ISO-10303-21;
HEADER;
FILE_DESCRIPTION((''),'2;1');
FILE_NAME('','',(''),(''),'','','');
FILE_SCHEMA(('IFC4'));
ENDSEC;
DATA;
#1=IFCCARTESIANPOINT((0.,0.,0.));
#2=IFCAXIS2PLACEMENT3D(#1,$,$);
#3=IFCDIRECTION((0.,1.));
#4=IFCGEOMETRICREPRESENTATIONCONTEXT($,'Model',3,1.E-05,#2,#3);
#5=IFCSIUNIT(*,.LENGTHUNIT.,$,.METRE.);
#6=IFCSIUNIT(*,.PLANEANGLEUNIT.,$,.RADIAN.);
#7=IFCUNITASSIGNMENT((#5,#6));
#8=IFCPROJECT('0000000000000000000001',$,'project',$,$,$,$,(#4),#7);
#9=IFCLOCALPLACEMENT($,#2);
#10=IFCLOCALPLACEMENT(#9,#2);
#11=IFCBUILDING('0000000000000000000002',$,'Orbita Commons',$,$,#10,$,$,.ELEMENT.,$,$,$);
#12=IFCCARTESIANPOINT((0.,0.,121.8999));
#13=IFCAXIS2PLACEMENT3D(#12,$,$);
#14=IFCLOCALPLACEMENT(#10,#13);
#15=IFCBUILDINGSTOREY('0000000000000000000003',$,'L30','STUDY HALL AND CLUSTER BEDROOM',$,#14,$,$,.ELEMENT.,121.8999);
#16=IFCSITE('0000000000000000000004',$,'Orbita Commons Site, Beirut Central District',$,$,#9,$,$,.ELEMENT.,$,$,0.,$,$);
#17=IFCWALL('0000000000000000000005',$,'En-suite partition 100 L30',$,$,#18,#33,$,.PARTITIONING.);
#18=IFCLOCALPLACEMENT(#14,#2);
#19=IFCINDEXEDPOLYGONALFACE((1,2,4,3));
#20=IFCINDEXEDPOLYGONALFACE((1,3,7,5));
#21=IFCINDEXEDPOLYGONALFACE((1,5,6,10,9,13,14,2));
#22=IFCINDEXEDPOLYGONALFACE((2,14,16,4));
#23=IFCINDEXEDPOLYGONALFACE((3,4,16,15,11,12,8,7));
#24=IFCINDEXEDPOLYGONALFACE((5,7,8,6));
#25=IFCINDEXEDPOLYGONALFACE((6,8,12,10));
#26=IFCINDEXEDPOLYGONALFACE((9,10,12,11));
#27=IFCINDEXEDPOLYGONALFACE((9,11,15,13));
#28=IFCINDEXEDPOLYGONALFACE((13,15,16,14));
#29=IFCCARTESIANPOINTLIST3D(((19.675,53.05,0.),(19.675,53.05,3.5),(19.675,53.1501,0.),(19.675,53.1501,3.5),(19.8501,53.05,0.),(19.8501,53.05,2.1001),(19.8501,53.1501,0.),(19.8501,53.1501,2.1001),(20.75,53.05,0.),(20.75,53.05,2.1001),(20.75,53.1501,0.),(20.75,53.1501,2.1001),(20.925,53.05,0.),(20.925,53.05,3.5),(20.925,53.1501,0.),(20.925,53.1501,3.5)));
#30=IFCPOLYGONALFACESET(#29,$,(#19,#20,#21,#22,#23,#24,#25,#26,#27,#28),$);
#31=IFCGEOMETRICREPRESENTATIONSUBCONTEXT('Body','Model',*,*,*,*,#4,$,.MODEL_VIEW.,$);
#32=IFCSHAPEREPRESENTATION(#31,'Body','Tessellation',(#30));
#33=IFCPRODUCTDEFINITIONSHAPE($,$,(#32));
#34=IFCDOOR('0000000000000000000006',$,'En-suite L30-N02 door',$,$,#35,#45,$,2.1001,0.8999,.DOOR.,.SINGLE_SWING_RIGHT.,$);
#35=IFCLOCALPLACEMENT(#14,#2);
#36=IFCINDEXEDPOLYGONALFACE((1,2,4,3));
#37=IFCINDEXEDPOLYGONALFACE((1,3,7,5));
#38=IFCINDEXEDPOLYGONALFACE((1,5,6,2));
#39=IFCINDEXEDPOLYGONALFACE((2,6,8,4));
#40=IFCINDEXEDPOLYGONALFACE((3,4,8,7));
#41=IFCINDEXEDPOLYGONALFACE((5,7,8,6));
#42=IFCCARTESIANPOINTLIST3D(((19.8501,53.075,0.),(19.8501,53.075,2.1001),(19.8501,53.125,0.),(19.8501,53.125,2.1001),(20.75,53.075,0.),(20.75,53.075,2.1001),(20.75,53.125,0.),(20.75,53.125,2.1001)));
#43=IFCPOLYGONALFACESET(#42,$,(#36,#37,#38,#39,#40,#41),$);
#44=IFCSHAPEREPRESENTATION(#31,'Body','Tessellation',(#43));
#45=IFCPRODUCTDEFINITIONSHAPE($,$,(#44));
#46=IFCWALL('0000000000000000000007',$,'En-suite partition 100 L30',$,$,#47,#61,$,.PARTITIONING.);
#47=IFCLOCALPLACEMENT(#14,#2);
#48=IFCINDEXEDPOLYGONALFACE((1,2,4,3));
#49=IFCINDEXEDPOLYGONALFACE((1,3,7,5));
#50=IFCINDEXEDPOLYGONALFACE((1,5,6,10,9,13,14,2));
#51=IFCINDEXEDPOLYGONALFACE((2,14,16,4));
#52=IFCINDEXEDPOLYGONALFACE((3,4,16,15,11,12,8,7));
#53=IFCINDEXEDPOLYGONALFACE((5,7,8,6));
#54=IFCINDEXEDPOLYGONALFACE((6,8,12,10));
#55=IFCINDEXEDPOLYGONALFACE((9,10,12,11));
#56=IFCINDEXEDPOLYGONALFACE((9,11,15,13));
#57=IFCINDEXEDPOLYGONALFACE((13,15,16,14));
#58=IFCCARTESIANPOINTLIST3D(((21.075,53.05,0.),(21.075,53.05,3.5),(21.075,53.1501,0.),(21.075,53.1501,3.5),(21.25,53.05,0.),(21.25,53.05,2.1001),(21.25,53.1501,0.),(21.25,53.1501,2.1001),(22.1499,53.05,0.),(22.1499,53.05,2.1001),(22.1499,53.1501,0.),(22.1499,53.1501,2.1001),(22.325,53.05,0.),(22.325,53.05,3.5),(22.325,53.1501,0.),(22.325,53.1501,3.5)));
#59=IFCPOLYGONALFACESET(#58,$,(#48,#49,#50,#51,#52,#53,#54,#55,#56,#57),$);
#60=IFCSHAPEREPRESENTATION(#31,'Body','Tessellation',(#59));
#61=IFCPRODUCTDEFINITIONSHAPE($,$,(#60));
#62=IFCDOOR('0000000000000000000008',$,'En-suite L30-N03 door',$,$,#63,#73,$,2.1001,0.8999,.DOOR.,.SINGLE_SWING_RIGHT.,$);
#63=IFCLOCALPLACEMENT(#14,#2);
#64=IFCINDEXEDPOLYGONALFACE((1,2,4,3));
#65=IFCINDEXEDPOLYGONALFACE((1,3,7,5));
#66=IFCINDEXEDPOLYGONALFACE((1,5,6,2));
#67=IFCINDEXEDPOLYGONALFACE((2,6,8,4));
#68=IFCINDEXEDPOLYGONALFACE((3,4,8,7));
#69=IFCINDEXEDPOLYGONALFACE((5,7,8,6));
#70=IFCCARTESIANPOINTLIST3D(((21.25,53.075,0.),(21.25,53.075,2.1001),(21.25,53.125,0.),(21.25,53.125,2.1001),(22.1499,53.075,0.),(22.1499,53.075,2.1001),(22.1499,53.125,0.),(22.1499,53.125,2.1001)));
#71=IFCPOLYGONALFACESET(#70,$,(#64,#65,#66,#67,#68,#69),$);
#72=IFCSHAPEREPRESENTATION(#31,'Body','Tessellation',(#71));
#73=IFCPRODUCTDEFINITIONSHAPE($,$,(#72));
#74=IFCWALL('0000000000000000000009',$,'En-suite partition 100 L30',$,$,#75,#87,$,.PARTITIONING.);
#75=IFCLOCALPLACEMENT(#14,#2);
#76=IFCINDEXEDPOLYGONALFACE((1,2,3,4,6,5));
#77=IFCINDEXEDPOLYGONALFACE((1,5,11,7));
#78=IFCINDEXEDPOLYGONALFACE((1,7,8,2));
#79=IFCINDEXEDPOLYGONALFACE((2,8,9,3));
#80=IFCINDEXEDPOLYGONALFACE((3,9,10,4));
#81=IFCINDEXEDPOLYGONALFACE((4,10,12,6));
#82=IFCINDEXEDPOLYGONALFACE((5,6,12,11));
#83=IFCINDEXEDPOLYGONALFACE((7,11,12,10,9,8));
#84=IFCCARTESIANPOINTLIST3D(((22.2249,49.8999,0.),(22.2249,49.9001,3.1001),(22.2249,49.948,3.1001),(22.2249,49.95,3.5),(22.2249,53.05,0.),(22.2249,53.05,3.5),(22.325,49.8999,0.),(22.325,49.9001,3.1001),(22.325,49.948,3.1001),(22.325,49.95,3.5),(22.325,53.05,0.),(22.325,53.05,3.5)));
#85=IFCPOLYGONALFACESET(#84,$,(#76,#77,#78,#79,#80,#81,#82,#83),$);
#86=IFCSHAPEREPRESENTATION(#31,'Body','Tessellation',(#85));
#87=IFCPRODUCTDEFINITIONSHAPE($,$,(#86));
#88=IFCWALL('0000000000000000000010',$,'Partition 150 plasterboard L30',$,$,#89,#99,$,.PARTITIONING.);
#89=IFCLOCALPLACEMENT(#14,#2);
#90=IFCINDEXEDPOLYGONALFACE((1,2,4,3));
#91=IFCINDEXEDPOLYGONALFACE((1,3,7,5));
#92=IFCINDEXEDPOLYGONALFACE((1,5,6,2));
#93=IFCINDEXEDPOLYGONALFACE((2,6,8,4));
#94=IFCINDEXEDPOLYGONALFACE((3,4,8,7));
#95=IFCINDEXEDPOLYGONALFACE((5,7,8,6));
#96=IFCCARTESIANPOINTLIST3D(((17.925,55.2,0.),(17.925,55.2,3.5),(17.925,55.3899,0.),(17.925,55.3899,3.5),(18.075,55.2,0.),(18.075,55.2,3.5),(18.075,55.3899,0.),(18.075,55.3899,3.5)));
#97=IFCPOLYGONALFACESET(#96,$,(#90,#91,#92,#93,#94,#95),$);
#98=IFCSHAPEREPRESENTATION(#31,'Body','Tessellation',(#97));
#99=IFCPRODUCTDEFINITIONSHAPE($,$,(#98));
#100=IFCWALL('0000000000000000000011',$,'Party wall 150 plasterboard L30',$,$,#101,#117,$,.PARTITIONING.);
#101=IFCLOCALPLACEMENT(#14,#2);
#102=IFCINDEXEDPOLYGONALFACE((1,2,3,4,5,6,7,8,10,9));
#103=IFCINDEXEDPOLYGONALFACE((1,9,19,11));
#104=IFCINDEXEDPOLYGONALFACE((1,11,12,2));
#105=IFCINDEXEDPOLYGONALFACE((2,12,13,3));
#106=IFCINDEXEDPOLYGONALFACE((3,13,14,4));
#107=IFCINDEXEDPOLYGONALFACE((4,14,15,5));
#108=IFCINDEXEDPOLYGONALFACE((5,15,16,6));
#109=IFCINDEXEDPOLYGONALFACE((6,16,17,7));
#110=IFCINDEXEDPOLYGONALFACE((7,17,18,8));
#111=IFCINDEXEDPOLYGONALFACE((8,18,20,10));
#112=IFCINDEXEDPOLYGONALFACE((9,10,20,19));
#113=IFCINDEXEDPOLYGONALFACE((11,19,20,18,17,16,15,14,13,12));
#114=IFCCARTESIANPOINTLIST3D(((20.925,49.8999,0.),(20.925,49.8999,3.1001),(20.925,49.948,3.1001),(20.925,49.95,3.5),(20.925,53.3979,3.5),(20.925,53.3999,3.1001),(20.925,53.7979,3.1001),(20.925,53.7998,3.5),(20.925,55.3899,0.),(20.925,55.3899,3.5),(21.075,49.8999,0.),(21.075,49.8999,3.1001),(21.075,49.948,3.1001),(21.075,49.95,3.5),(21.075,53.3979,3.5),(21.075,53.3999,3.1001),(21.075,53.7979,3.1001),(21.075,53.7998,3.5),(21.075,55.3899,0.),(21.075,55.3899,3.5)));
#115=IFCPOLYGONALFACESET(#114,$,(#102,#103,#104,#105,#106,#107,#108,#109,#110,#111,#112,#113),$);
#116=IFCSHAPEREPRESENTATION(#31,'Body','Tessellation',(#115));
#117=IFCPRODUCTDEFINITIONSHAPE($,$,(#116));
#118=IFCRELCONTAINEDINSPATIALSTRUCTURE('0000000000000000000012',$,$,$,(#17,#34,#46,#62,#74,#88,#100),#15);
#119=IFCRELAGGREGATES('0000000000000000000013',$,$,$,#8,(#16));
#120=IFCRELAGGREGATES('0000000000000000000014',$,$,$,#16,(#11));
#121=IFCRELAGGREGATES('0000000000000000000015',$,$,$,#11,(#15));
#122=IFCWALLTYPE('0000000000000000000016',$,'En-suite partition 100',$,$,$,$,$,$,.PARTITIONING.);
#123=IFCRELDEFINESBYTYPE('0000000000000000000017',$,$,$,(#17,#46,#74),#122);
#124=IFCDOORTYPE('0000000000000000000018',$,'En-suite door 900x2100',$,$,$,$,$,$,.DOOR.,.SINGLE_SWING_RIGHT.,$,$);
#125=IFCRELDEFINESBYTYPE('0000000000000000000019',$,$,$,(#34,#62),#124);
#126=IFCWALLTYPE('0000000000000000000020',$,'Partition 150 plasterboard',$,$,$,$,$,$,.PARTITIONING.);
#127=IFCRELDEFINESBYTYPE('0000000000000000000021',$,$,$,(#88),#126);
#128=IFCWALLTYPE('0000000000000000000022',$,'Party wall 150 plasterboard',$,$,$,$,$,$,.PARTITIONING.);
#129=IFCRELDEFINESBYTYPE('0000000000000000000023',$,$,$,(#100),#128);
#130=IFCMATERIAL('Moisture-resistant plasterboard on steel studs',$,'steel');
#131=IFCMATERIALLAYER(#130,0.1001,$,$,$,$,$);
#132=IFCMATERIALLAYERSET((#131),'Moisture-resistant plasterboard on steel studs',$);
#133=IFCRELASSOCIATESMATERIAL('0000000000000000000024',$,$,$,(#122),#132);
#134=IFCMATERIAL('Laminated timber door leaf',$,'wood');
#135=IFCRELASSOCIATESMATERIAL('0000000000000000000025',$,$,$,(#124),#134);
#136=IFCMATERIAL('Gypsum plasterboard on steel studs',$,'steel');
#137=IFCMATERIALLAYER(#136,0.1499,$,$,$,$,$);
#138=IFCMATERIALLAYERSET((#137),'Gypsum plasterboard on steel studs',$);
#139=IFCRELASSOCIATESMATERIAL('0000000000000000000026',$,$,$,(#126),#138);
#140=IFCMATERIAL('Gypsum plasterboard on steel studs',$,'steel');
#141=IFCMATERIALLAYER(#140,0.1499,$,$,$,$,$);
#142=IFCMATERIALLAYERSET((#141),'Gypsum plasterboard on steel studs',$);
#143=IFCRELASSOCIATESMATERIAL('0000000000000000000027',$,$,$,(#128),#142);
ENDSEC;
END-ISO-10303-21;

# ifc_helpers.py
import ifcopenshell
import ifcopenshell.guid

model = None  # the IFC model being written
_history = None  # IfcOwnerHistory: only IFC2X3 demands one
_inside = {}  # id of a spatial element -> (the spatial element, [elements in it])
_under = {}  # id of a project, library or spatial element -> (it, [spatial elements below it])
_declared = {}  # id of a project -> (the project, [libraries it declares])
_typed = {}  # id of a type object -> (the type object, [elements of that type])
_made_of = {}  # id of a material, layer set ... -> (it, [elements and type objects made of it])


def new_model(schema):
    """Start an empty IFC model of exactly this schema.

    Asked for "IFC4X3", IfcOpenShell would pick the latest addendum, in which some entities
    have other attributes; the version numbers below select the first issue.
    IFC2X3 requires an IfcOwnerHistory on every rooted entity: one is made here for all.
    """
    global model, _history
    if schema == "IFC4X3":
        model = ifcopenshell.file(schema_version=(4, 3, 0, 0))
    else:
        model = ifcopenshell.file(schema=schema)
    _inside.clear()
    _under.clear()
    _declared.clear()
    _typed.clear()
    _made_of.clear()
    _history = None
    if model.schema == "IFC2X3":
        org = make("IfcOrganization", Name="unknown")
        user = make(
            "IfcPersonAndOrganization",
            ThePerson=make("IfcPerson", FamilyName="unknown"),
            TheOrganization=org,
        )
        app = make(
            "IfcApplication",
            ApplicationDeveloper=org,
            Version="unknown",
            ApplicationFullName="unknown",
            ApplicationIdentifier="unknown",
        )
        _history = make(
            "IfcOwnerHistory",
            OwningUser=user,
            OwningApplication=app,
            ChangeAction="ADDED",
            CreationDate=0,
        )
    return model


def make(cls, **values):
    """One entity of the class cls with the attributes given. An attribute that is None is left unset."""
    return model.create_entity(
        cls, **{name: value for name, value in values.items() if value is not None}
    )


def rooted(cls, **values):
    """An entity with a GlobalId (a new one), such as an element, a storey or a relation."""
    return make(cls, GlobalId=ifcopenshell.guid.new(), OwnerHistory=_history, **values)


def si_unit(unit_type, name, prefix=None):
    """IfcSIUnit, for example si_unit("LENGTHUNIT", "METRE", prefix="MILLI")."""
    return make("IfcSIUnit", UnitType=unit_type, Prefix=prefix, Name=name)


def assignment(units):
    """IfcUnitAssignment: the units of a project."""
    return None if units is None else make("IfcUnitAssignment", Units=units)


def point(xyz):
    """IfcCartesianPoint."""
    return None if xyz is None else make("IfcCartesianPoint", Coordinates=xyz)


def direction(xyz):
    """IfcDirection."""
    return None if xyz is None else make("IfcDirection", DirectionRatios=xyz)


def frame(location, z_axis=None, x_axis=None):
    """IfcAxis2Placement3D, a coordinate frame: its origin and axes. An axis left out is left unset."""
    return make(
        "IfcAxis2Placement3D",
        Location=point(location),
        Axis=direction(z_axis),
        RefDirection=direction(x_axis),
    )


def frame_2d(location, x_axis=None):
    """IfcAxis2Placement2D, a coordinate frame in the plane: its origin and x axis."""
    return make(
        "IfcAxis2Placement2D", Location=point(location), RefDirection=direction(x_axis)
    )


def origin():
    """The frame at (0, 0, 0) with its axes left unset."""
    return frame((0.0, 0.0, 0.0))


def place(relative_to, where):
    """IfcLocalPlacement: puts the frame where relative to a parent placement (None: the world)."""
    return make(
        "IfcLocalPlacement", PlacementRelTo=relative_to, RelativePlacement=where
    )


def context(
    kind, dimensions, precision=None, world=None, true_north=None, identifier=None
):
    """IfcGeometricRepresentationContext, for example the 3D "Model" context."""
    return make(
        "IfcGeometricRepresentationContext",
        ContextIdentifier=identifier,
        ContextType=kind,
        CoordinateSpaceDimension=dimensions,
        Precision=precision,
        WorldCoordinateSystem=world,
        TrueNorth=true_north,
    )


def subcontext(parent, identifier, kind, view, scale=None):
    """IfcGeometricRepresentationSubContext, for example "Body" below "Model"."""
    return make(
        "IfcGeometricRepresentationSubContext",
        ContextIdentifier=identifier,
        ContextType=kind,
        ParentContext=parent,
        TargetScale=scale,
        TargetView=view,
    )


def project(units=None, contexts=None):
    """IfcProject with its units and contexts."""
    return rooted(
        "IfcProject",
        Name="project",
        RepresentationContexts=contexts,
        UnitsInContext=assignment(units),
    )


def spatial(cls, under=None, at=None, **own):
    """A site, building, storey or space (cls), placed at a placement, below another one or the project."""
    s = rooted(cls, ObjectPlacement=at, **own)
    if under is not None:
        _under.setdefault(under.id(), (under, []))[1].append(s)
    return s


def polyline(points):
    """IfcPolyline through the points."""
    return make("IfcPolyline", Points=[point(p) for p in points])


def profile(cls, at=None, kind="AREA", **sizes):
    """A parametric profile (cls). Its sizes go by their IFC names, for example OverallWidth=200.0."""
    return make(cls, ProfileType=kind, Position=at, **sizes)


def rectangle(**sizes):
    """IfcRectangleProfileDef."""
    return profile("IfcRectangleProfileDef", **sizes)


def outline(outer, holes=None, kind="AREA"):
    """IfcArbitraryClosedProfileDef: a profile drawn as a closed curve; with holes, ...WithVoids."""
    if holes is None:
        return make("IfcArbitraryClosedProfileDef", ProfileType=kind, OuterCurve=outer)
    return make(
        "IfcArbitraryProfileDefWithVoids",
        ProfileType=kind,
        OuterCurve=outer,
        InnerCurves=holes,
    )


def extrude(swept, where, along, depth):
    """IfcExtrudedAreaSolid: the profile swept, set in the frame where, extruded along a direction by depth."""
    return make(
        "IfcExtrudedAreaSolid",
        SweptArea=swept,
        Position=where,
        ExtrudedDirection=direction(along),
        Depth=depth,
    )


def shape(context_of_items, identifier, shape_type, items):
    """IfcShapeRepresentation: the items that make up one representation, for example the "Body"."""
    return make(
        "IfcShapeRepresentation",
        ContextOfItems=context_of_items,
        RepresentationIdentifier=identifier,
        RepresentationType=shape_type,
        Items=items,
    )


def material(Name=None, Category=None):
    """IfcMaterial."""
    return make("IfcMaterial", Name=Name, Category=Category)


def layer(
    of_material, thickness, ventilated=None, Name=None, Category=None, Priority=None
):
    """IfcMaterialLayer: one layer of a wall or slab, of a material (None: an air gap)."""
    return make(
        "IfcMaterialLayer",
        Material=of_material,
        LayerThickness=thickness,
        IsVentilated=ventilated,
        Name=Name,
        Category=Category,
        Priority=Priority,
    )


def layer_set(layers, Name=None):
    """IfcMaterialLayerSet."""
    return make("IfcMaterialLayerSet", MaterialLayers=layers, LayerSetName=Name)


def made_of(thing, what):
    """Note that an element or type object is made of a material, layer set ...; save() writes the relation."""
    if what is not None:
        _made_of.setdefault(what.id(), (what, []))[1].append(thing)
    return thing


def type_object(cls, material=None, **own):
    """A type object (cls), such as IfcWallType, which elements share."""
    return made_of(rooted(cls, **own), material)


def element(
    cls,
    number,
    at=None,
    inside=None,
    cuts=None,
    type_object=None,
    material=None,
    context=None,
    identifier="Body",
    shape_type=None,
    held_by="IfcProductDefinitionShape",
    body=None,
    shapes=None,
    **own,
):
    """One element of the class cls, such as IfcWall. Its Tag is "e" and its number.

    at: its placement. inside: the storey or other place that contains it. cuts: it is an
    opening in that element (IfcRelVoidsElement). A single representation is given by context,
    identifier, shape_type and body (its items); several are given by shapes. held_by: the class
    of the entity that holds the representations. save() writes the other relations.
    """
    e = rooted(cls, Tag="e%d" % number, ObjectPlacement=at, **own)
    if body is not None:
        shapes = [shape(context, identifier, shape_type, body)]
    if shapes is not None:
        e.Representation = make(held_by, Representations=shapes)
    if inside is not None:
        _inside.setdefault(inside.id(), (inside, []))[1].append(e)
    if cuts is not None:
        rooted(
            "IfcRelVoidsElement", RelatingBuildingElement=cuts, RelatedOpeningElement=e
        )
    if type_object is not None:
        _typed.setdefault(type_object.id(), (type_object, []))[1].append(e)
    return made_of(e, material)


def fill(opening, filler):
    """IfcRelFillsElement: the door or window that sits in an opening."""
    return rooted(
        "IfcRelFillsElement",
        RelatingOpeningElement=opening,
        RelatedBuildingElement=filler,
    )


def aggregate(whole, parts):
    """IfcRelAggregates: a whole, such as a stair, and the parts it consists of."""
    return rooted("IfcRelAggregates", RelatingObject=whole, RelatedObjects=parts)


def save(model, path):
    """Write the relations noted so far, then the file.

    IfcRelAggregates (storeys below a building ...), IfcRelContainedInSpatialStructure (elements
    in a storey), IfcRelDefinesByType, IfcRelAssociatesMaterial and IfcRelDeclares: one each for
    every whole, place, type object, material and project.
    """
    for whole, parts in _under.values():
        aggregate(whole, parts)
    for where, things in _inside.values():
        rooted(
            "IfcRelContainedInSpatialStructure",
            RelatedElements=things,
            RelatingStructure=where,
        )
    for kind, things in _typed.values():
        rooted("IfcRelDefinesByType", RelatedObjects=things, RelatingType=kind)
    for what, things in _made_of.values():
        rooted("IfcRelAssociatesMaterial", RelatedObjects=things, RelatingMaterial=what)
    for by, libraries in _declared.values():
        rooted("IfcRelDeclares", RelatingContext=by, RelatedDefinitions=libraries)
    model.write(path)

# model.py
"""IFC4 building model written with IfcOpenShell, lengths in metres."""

from ifc_helpers import new_model, si_unit, direction, frame, frame_2d, origin, place, context, subcontext, project, spatial, polyline, rectangle, outline, extrude, material, layer, layer_set, type_object, element, fill, save


model = new_model("IFC4")

# Units and contexts
model_context = context("Model", 3, precision=1e-05, world=origin(), true_north=direction((0.0, 1.0)))
body_context = subcontext(model_context, "Body", "Model", "MODEL_VIEW")
ifc_project = project(units=[si_unit("LENGTHUNIT", "METRE"), si_unit("PLANEANGLEUNIT", "RADIAN")], contexts=[model_context])

# Site, building, storey
site_placement = place(None, origin())
site = spatial("IfcSite", under=ifc_project, at=site_placement, Name="Orbita Commons Site, Beirut Central District", CompositionType="ELEMENT", RefElevation=0.0)
building_placement = place(site_placement, origin())
building = spatial("IfcBuilding", under=site, at=building_placement, Name="Orbita Commons", CompositionType="ELEMENT")
storey_placement = place(building_placement, frame((0.0, 0.0, 121.8999)))
storey = spatial("IfcBuildingStorey", under=building, at=storey_placement, Name="L30", Description="STUDY HALL AND CLUSTER BEDROOM", CompositionType="ELEMENT", Elevation=121.8999)

# Walls, openings, doors
ifc_material_1 = material(Name="Moisture-resistant plasterboard on steel studs", Category="steel")
ifc_layer_1 = layer(ifc_material_1, 0.1001)
ifc_layer_set_1 = layer_set([ifc_layer_1], Name="Moisture-resistant plasterboard on steel studs")
wall_type_1 = type_object("IfcWallType", Name="En-suite partition 100", PredefinedType="PARTITIONING", material=ifc_layer_set_1)
wall_1_placement = place(storey_placement, frame((19.675, 53.1001, 0.0), z_axis=(0.0, 0.0, 1.0), x_axis=(1.0, 0.0, 0.0)))
wall_1 = element("IfcWall", 1, at=wall_1_placement, inside=storey, type_object=wall_type_1, Name="En-suite partition 100 L30", PredefinedType="PARTITIONING", context=body_context, shape_type="SweptSolid", body=[
    extrude(rectangle(XDim=1.25, YDim=0.1001, at=frame_2d((0.625, 0.0))), origin(), (0.0, 0.0, 1.0), 3.5),
])
opening_1_placement = place(wall_1_placement, frame((0.175, 0.0, 0.0)))
opening_1 = element("IfcOpeningElement", 2, at=opening_1_placement, cuts=wall_1, PredefinedType="OPENING", context=body_context, shape_type="SweptSolid", body=[
    extrude(rectangle(XDim=0.8999, YDim=2.1001, at=frame_2d((0.45, 1.05))), frame((0.0, 0.0601, 0.0), z_axis=(0.0, -1.0, 0.0), x_axis=(1.0, 0.0, 0.0)), (0.0, 0.0, 1.0), 0.1201),
])
ifc_material_2 = material(Name="Laminated timber door leaf", Category="wood")
door_type = type_object("IfcDoorType", Name="En-suite door 900x2100", OperationType="SINGLE_SWING_RIGHT", PredefinedType="DOOR", material=ifc_material_2)
door_1_placement = place(opening_1_placement, origin())
door_1 = element("IfcDoor", 3, at=door_1_placement, inside=storey, type_object=door_type, Name="En-suite L30-N02 door", OperationType="SINGLE_SWING_RIGHT", OverallHeight=2.1001, OverallWidth=0.8999, PredefinedType="DOOR", context=body_context, shape_type="SweptSolid", body=[
    extrude(rectangle(XDim=0.8999, YDim=2.1001, at=frame_2d((0.45, 1.05))), frame((0.0, 0.0249, 0.0), z_axis=(0.0, -1.0, 0.0), x_axis=(1.0, 0.0, 0.0)), (0.0, 0.0, 1.0), 0.05),
])
fill(opening_1, door_1)
wall_2_placement = place(storey_placement, frame((21.075, 53.1001, 0.0), z_axis=(0.0, 0.0, 1.0), x_axis=(1.0, 0.0, 0.0)))
wall_2 = element("IfcWall", 4, at=wall_2_placement, inside=storey, type_object=wall_type_1, Name="En-suite partition 100 L30", PredefinedType="PARTITIONING", context=body_context, shape_type="SweptSolid", body=[
    extrude(rectangle(XDim=1.25, YDim=0.1001, at=frame_2d((0.625, 0.0))), origin(), (0.0, 0.0, 1.0), 3.5),
])
opening_2_placement = place(wall_2_placement, frame((0.175, 0.0, 0.0)))
opening_2 = element("IfcOpeningElement", 5, at=opening_2_placement, cuts=wall_2, PredefinedType="OPENING", context=body_context, shape_type="SweptSolid", body=[
    extrude(rectangle(XDim=0.8999, YDim=2.1001, at=frame_2d((0.45, 1.05))), frame((0.0, 0.0601, 0.0), z_axis=(0.0, -1.0, 0.0), x_axis=(1.0, 0.0, 0.0)), (0.0, 0.0, 1.0), 0.1201),
])
door_2_placement = place(opening_2_placement, origin())
door_2 = element("IfcDoor", 6, at=door_2_placement, inside=storey, type_object=door_type, Name="En-suite L30-N03 door", OperationType="SINGLE_SWING_RIGHT", OverallHeight=2.1001, OverallWidth=0.8999, PredefinedType="DOOR", context=body_context, shape_type="SweptSolid", body=[
    extrude(rectangle(XDim=0.8999, YDim=2.1001, at=frame_2d((0.45, 1.05))), frame((0.0, 0.0249, 0.0), z_axis=(0.0, -1.0, 0.0), x_axis=(1.0, 0.0, 0.0)), (0.0, 0.0, 1.0), 0.05),
])
fill(opening_2, door_2)

# Walls
wall_3_placement = place(storey_placement, frame((22.2749, 53.05, 0.0), z_axis=(0.0, 0.0, 1.0), x_axis=(0.0, -1.0, 0.0)))
element("IfcWall", 7, at=wall_3_placement, inside=storey, type_object=wall_type_1, Name="En-suite partition 100 L30", PredefinedType="PARTITIONING", context=body_context, shape_type="SweptSolid", body=[
    extrude(outline(polyline([(0.0, 0.0), (3.1501, 0.0), (3.1499, 3.1001), (3.1021, 3.1001), (3.1001, 3.5), (0.0, 3.5), (0.0, 0.0)])), frame((0.0, 0.05, 0.0), z_axis=(0.0, -1.0, 0.0), x_axis=(1.0, 0.0, 0.0)), (0.0, 0.0, 1.0), 0.1001),
])
ifc_material_3 = material(Name="Gypsum plasterboard on steel studs", Category="steel")
ifc_layer_2 = layer(ifc_material_3, 0.1499)
ifc_layer_set_2 = layer_set([ifc_layer_2], Name="Gypsum plasterboard on steel studs")
wall_type_2 = type_object("IfcWallType", Name="Partition 150 plasterboard", PredefinedType="PARTITIONING", material=ifc_layer_set_2)
wall_4_placement = place(storey_placement, frame((18.0, 55.2, 0.0), z_axis=(0.0, 0.0, 1.0), x_axis=(0.0, 1.0, 0.0)))
element("IfcWall", 8, at=wall_4_placement, inside=storey, type_object=wall_type_2, Name="Partition 150 plasterboard L30", PredefinedType="PARTITIONING", context=body_context, shape_type="SweptSolid", body=[
    extrude(rectangle(XDim=0.1899, YDim=0.1499, at=frame_2d((0.095, 0.0))), origin(), (0.0, 0.0, 1.0), 3.5),
])
ifc_material_4 = material(Name="Gypsum plasterboard on steel studs", Category="steel")
ifc_layer_3 = layer(ifc_material_4, 0.1499)
ifc_layer_set_3 = layer_set([ifc_layer_3], Name="Gypsum plasterboard on steel studs")
wall_type_3 = type_object("IfcWallType", Name="Party wall 150 plasterboard", PredefinedType="PARTITIONING", material=ifc_layer_set_3)
wall_5_placement = place(storey_placement, frame((21.0, 55.3899, 0.0), z_axis=(0.0, 0.0, 1.0), x_axis=(0.0, -1.0, 0.0)))
element("IfcWall", 9, at=wall_5_placement, inside=storey, type_object=wall_type_3, Name="Party wall 150 plasterboard L30", PredefinedType="PARTITIONING", context=body_context, shape_type="SweptSolid", body=[
    extrude(outline(polyline([(0.0, 0.0), (5.49, 0.0), (5.49, 3.1001), (5.4419, 3.1001), (5.4399, 3.5), (1.9919, 3.5), (1.99, 3.1001), (1.592, 3.1001), (1.5901, 3.5), (0.0, 3.5), (0.0, 0.0)])), frame((0.0, 0.075, 0.0), z_axis=(0.0, -1.0, 0.0), x_axis=(1.0, 0.0, 0.0)), (0.0, 0.0, 1.0), 0.1499),
])

save(model, "model.ifc")
